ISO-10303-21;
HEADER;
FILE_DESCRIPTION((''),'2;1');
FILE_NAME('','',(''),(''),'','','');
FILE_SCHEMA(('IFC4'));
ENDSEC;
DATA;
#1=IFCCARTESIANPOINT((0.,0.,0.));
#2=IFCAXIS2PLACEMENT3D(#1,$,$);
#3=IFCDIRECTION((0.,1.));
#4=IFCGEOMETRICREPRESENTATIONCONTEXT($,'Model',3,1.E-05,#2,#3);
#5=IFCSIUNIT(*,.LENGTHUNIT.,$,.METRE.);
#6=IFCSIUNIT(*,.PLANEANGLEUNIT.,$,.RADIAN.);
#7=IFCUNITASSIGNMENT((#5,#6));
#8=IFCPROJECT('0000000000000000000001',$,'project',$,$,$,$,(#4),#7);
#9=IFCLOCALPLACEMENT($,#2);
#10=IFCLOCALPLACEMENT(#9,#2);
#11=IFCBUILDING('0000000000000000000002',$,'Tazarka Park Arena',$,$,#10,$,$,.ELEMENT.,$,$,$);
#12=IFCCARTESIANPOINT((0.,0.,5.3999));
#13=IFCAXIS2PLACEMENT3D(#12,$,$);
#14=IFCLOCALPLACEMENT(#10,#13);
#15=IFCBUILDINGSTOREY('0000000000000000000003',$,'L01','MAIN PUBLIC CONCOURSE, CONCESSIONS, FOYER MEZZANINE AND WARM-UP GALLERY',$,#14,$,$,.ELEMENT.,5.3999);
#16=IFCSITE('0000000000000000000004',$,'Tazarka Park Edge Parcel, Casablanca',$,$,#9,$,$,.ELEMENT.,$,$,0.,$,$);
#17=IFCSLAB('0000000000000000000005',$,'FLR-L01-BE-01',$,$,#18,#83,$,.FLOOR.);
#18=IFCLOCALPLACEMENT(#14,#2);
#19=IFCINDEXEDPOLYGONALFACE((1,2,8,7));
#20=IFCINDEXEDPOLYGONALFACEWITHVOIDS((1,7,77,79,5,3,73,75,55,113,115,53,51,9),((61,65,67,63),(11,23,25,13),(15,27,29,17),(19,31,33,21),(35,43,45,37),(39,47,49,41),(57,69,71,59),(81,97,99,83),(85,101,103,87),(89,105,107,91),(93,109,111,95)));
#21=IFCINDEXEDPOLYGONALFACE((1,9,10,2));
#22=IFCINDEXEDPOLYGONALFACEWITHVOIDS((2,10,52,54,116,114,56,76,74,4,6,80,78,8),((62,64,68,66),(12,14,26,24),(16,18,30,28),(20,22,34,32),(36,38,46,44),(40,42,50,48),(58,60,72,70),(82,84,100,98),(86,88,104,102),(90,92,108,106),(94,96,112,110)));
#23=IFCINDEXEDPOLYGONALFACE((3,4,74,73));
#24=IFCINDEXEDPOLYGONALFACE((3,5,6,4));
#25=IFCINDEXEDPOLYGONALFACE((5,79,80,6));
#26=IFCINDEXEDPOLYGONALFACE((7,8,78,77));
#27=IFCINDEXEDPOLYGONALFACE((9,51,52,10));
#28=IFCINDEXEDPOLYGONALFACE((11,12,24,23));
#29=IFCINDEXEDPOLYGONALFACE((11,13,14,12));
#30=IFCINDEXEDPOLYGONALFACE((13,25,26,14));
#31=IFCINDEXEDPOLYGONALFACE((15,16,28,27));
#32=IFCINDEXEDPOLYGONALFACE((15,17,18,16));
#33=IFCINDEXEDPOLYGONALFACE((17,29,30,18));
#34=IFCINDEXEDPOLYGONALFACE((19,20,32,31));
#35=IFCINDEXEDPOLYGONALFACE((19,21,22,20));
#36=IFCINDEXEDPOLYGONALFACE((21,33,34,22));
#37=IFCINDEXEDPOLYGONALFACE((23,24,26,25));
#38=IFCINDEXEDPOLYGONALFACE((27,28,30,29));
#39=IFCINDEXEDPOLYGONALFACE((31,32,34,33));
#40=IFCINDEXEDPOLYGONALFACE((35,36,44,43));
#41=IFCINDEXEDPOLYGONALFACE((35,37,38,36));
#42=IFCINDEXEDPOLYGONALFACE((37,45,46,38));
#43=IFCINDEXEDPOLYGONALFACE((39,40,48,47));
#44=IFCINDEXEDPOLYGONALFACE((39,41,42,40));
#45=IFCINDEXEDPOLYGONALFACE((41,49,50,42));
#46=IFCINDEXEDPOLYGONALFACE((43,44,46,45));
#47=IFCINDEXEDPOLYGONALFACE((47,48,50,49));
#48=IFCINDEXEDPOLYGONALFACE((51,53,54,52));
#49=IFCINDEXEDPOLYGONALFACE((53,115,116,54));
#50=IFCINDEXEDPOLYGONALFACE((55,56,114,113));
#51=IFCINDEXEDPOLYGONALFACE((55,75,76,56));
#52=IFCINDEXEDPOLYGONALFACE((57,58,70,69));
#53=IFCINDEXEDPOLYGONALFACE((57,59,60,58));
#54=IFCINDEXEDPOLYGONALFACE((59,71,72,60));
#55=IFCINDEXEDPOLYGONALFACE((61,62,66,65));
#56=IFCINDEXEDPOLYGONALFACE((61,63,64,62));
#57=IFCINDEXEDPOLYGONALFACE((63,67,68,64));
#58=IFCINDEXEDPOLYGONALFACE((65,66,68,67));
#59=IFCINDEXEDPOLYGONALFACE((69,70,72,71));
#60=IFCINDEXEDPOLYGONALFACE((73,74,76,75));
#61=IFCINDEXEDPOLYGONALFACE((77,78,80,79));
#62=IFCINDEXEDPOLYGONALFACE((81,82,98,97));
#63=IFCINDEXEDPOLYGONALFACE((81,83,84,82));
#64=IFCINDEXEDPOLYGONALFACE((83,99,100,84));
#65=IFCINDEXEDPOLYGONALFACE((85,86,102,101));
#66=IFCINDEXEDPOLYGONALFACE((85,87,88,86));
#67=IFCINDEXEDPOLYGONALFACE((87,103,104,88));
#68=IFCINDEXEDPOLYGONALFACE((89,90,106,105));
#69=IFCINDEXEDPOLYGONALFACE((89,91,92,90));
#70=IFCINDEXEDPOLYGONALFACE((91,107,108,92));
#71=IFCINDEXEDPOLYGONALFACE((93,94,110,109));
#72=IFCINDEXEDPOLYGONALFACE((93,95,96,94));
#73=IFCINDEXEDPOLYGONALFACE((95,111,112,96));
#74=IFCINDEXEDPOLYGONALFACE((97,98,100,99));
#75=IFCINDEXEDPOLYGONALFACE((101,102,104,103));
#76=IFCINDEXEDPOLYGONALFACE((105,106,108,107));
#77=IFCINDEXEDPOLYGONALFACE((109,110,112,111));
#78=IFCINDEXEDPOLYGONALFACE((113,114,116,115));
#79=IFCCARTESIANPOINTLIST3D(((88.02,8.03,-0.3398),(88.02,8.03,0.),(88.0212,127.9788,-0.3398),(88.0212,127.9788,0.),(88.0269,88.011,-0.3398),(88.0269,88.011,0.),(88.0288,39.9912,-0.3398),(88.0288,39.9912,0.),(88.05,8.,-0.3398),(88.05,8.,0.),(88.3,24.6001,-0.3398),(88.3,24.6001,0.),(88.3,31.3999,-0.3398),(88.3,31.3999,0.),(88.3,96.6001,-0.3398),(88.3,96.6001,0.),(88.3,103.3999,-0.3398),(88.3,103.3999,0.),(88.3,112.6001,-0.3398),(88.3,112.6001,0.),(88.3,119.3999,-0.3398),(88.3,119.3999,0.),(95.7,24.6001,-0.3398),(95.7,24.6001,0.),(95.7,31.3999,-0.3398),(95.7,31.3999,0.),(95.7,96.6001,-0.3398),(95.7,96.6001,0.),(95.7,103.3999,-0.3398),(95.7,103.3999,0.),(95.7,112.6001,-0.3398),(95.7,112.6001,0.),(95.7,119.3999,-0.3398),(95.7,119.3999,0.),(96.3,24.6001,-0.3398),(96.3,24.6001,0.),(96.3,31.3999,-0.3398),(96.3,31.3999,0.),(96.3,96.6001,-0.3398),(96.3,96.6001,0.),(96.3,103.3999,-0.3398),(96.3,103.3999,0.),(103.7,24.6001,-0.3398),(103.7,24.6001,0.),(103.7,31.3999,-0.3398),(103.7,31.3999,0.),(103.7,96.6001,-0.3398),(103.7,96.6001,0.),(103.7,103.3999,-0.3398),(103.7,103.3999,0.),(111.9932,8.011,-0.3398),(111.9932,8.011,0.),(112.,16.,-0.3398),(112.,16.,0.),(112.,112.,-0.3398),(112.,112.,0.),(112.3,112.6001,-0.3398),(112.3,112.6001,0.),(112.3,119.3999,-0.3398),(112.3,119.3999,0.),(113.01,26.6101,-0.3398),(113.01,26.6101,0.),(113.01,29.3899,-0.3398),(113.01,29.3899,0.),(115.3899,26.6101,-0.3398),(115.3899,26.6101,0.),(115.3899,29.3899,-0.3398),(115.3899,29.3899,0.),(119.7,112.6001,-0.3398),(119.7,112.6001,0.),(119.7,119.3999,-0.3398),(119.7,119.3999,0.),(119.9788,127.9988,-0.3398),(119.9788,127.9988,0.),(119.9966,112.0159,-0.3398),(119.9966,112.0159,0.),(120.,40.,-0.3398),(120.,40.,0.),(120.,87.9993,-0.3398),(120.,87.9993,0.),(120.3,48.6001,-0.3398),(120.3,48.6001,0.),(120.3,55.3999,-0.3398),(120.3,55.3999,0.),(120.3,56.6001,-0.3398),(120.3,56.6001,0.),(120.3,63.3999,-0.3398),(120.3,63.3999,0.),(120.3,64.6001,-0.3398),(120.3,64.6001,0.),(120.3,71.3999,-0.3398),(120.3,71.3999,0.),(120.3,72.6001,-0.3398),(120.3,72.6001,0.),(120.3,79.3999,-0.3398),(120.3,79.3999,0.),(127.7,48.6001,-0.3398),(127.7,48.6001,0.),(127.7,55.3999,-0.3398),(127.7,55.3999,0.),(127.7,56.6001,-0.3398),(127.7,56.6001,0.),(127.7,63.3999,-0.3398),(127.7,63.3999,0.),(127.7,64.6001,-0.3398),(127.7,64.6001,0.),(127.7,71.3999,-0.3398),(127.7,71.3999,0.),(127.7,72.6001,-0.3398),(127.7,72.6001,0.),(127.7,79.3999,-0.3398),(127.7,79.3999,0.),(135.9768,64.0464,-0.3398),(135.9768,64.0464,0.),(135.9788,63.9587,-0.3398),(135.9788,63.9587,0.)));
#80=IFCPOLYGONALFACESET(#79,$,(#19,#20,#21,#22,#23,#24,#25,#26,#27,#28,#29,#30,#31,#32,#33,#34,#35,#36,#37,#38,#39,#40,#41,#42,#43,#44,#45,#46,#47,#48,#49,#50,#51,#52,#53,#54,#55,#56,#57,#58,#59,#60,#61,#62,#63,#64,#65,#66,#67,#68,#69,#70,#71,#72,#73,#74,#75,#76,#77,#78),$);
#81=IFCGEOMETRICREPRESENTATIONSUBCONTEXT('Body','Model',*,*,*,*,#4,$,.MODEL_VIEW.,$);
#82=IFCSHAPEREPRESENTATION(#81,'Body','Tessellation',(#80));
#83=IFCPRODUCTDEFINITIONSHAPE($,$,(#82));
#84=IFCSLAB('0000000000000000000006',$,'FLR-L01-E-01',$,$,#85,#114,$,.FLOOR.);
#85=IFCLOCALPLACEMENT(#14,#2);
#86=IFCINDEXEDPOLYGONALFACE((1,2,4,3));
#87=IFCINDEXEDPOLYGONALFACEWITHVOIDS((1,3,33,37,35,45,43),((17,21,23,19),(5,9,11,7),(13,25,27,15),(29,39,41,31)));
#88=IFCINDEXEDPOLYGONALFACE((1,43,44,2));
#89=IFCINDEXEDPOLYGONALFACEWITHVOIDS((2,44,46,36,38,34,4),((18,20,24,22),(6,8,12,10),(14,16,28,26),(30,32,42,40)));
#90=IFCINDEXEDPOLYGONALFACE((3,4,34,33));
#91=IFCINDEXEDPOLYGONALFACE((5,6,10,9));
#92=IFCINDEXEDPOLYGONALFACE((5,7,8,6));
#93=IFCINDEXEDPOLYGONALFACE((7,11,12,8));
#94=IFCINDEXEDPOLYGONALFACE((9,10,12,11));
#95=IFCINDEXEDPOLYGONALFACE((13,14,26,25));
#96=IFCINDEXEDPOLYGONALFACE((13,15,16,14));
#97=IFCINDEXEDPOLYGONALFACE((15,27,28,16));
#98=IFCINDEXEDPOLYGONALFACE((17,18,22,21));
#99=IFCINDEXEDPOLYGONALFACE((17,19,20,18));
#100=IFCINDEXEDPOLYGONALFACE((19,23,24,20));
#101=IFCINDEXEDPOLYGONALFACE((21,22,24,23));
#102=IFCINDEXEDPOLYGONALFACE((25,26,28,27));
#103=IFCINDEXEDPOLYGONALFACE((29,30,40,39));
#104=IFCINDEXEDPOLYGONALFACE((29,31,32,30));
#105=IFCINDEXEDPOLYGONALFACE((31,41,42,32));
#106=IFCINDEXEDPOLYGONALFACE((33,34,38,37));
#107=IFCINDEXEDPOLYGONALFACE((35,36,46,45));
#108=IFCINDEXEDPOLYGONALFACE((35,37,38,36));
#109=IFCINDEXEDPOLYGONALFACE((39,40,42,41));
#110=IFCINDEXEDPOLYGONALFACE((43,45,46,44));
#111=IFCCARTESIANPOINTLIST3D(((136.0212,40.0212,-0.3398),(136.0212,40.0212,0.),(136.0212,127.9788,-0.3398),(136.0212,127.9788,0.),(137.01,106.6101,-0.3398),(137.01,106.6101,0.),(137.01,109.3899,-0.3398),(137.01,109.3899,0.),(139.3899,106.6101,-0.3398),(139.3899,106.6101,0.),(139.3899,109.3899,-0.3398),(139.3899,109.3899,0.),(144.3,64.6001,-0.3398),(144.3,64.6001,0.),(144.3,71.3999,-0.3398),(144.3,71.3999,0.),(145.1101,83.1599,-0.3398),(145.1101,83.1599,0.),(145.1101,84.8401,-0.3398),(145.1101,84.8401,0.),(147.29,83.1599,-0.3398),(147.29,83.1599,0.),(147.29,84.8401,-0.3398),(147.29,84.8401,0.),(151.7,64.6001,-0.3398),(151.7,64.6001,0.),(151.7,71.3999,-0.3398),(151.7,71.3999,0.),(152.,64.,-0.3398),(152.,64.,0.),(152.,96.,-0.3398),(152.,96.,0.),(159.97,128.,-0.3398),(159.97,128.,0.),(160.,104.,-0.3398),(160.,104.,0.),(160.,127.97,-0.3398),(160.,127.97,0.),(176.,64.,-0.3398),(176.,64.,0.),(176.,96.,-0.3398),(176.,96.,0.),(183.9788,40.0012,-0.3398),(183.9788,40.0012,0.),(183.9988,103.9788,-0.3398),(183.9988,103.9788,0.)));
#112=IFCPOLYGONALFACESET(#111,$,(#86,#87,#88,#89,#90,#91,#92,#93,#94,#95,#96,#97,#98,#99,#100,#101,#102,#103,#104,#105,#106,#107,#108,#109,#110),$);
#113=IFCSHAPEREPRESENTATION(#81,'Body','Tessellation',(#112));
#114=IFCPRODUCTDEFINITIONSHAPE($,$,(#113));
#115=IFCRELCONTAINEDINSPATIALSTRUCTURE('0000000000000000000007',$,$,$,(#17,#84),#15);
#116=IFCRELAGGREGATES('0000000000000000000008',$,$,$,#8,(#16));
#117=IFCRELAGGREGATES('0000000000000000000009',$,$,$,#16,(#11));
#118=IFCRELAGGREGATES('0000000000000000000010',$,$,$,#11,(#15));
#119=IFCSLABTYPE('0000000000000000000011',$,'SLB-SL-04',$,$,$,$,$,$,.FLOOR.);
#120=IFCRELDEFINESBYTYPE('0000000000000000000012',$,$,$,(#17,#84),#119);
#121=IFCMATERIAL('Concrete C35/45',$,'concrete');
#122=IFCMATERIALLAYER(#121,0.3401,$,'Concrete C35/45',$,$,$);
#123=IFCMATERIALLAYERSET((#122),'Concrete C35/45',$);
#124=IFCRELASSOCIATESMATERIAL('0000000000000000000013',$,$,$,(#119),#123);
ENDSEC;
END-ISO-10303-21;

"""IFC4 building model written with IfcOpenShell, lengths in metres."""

from ifc_helpers import new_model, si_unit, direction, frame, origin, place, context, subcontext, project, spatial, polyline, outline, extrude, material, layer, layer_set, type_object, element, save


model = new_model("IFC4")

# Units and contexts
model_context = context("Model", 3, precision=1e-05, world=origin(), true_north=direction((0.0, 1.0)))
body_context = subcontext(model_context, "Body", "Model", "MODEL_VIEW")
ifc_project = project(units=[si_unit("LENGTHUNIT", "METRE"), si_unit("PLANEANGLEUNIT", "RADIAN")], contexts=[model_context])

# Site, building, storey
site_placement = place(None, origin())
site = spatial("IfcSite", under=ifc_project, at=site_placement, Name="Tazarka Park Edge Parcel, Casablanca", CompositionType="ELEMENT", RefElevation=0.0)
building_placement = place(site_placement, origin())
building = spatial("IfcBuilding", under=site, at=building_placement, Name="Tazarka Park Arena", CompositionType="ELEMENT")
storey_placement = place(building_placement, frame((0.0, 0.0, 5.3999)))
storey = spatial("IfcBuildingStorey", under=building, at=storey_placement, Name="L01", Description="MAIN PUBLIC CONCOURSE, CONCESSIONS, FOYER MEZZANINE AND WARM-UP GALLERY", CompositionType="ELEMENT", Elevation=5.3999)

# Slabs
ifc_material_1 = material(Name="Concrete C35/45", Category="concrete")
ifc_layer_1 = layer(ifc_material_1, 0.3401, Name="Concrete C35/45")
ifc_layer_set_1 = layer_set([ifc_layer_1], Name="Concrete C35/45")
slab_type_1 = type_object("IfcSlabType", Name="SLB-SL-04", PredefinedType="FLOOR", material=ifc_layer_set_1)
slab_1_placement = place(storey_placement, frame((0.0, 0.0, -0.3398)))
element("IfcSlab", 1, at=slab_1_placement, inside=storey, type_object=slab_type_1, Name="FLR-L01-BE-01", PredefinedType="FLOOR", context=body_context, shape_type="SweptSolid", body=[
    extrude(outline(polyline([(88.05, 8.0), (88.02, 8.03), (88.0288, 39.9912), (120.0, 40.0), (120.0, 87.9993), (88.0269, 88.011), (88.0212, 127.9788), (119.9788, 127.9988), (119.9966, 112.0159), (112.0, 112.0), (135.9768, 64.0464), (135.9788, 63.9587), (112.0, 16.0), (111.9932, 8.011), (88.05, 8.0)]), holes=[polyline([(120.3, 48.6001), (127.7, 48.6001), (127.7, 55.3999), (120.3, 55.3999), (120.3, 48.6001)]), polyline([(120.3, 56.6001), (127.7, 56.6001), (127.7, 63.3999), (120.3, 63.3999), (120.3, 56.6001)]), polyline([(120.3, 64.6001), (127.7, 64.6001), (127.7, 71.3999), (120.3, 71.3999), (120.3, 64.6001)]), polyline([(120.3, 72.6001), (127.7, 72.6001), (127.7, 79.3999), (120.3, 79.3999), (120.3, 72.6001)]), polyline([(112.3, 112.6001), (119.7, 112.6001), (119.7, 119.3999), (112.3, 119.3999), (112.3, 112.6001)]), polyline([(113.01, 26.6101), (115.3899, 26.6101), (115.3899, 29.3899), (113.01, 29.3899), (113.01, 26.6101)]), polyline([(96.3, 24.6001), (103.7, 24.6001), (103.7, 31.3999), (96.3, 31.3999), (96.3, 24.6001)]), polyline([(96.3, 96.6001), (103.7, 96.6001), (103.7, 103.3999), (96.3, 103.3999), (96.3, 96.6001)]), polyline([(88.3, 24.6001), (95.7, 24.6001), (95.7, 31.3999), (88.3, 31.3999), (88.3, 24.6001)]), polyline([(88.3, 96.6001), (95.7, 96.6001), (95.7, 103.3999), (88.3, 103.3999), (88.3, 96.6001)]), polyline([(88.3, 112.6001), (95.7, 112.6001), (95.7, 119.3999), (88.3, 119.3999), (88.3, 112.6001)])]), origin(), (0.0, 0.0, 1.0), 0.3398),
])
slab_2_placement = place(storey_placement, frame((0.0, 0.0, -0.3398)))
element("IfcSlab", 2, at=slab_2_placement, inside=storey, type_object=slab_type_1, Name="FLR-L01-E-01", PredefinedType="FLOOR", context=body_context, shape_type="SweptSolid", body=[
    extrude(outline(polyline([(159.97, 128.0), (160.0, 127.97), (160.0, 104.0), (183.9988, 103.9788), (183.9788, 40.0012), (136.0212, 40.0212), (136.0212, 127.9788), (159.97, 128.0)]), holes=[polyline([(152.0, 64.0), (176.0, 64.0), (176.0, 96.0), (152.0, 96.0), (152.0, 64.0)]), polyline([(144.3, 64.6001), (151.7, 64.6001), (151.7, 71.3999), (144.3, 71.3999), (144.3, 64.6001)]), polyline([(145.1101, 83.1599), (147.29, 83.1599), (147.29, 84.8401), (145.1101, 84.8401), (145.1101, 83.1599)]), polyline([(137.01, 106.6101), (139.3899, 106.6101), (139.3899, 109.3899), (137.01, 109.3899), (137.01, 106.6101)])]), origin(), (0.0, 0.0, 1.0), 0.3398),
])

save(model, "model.ifc")
